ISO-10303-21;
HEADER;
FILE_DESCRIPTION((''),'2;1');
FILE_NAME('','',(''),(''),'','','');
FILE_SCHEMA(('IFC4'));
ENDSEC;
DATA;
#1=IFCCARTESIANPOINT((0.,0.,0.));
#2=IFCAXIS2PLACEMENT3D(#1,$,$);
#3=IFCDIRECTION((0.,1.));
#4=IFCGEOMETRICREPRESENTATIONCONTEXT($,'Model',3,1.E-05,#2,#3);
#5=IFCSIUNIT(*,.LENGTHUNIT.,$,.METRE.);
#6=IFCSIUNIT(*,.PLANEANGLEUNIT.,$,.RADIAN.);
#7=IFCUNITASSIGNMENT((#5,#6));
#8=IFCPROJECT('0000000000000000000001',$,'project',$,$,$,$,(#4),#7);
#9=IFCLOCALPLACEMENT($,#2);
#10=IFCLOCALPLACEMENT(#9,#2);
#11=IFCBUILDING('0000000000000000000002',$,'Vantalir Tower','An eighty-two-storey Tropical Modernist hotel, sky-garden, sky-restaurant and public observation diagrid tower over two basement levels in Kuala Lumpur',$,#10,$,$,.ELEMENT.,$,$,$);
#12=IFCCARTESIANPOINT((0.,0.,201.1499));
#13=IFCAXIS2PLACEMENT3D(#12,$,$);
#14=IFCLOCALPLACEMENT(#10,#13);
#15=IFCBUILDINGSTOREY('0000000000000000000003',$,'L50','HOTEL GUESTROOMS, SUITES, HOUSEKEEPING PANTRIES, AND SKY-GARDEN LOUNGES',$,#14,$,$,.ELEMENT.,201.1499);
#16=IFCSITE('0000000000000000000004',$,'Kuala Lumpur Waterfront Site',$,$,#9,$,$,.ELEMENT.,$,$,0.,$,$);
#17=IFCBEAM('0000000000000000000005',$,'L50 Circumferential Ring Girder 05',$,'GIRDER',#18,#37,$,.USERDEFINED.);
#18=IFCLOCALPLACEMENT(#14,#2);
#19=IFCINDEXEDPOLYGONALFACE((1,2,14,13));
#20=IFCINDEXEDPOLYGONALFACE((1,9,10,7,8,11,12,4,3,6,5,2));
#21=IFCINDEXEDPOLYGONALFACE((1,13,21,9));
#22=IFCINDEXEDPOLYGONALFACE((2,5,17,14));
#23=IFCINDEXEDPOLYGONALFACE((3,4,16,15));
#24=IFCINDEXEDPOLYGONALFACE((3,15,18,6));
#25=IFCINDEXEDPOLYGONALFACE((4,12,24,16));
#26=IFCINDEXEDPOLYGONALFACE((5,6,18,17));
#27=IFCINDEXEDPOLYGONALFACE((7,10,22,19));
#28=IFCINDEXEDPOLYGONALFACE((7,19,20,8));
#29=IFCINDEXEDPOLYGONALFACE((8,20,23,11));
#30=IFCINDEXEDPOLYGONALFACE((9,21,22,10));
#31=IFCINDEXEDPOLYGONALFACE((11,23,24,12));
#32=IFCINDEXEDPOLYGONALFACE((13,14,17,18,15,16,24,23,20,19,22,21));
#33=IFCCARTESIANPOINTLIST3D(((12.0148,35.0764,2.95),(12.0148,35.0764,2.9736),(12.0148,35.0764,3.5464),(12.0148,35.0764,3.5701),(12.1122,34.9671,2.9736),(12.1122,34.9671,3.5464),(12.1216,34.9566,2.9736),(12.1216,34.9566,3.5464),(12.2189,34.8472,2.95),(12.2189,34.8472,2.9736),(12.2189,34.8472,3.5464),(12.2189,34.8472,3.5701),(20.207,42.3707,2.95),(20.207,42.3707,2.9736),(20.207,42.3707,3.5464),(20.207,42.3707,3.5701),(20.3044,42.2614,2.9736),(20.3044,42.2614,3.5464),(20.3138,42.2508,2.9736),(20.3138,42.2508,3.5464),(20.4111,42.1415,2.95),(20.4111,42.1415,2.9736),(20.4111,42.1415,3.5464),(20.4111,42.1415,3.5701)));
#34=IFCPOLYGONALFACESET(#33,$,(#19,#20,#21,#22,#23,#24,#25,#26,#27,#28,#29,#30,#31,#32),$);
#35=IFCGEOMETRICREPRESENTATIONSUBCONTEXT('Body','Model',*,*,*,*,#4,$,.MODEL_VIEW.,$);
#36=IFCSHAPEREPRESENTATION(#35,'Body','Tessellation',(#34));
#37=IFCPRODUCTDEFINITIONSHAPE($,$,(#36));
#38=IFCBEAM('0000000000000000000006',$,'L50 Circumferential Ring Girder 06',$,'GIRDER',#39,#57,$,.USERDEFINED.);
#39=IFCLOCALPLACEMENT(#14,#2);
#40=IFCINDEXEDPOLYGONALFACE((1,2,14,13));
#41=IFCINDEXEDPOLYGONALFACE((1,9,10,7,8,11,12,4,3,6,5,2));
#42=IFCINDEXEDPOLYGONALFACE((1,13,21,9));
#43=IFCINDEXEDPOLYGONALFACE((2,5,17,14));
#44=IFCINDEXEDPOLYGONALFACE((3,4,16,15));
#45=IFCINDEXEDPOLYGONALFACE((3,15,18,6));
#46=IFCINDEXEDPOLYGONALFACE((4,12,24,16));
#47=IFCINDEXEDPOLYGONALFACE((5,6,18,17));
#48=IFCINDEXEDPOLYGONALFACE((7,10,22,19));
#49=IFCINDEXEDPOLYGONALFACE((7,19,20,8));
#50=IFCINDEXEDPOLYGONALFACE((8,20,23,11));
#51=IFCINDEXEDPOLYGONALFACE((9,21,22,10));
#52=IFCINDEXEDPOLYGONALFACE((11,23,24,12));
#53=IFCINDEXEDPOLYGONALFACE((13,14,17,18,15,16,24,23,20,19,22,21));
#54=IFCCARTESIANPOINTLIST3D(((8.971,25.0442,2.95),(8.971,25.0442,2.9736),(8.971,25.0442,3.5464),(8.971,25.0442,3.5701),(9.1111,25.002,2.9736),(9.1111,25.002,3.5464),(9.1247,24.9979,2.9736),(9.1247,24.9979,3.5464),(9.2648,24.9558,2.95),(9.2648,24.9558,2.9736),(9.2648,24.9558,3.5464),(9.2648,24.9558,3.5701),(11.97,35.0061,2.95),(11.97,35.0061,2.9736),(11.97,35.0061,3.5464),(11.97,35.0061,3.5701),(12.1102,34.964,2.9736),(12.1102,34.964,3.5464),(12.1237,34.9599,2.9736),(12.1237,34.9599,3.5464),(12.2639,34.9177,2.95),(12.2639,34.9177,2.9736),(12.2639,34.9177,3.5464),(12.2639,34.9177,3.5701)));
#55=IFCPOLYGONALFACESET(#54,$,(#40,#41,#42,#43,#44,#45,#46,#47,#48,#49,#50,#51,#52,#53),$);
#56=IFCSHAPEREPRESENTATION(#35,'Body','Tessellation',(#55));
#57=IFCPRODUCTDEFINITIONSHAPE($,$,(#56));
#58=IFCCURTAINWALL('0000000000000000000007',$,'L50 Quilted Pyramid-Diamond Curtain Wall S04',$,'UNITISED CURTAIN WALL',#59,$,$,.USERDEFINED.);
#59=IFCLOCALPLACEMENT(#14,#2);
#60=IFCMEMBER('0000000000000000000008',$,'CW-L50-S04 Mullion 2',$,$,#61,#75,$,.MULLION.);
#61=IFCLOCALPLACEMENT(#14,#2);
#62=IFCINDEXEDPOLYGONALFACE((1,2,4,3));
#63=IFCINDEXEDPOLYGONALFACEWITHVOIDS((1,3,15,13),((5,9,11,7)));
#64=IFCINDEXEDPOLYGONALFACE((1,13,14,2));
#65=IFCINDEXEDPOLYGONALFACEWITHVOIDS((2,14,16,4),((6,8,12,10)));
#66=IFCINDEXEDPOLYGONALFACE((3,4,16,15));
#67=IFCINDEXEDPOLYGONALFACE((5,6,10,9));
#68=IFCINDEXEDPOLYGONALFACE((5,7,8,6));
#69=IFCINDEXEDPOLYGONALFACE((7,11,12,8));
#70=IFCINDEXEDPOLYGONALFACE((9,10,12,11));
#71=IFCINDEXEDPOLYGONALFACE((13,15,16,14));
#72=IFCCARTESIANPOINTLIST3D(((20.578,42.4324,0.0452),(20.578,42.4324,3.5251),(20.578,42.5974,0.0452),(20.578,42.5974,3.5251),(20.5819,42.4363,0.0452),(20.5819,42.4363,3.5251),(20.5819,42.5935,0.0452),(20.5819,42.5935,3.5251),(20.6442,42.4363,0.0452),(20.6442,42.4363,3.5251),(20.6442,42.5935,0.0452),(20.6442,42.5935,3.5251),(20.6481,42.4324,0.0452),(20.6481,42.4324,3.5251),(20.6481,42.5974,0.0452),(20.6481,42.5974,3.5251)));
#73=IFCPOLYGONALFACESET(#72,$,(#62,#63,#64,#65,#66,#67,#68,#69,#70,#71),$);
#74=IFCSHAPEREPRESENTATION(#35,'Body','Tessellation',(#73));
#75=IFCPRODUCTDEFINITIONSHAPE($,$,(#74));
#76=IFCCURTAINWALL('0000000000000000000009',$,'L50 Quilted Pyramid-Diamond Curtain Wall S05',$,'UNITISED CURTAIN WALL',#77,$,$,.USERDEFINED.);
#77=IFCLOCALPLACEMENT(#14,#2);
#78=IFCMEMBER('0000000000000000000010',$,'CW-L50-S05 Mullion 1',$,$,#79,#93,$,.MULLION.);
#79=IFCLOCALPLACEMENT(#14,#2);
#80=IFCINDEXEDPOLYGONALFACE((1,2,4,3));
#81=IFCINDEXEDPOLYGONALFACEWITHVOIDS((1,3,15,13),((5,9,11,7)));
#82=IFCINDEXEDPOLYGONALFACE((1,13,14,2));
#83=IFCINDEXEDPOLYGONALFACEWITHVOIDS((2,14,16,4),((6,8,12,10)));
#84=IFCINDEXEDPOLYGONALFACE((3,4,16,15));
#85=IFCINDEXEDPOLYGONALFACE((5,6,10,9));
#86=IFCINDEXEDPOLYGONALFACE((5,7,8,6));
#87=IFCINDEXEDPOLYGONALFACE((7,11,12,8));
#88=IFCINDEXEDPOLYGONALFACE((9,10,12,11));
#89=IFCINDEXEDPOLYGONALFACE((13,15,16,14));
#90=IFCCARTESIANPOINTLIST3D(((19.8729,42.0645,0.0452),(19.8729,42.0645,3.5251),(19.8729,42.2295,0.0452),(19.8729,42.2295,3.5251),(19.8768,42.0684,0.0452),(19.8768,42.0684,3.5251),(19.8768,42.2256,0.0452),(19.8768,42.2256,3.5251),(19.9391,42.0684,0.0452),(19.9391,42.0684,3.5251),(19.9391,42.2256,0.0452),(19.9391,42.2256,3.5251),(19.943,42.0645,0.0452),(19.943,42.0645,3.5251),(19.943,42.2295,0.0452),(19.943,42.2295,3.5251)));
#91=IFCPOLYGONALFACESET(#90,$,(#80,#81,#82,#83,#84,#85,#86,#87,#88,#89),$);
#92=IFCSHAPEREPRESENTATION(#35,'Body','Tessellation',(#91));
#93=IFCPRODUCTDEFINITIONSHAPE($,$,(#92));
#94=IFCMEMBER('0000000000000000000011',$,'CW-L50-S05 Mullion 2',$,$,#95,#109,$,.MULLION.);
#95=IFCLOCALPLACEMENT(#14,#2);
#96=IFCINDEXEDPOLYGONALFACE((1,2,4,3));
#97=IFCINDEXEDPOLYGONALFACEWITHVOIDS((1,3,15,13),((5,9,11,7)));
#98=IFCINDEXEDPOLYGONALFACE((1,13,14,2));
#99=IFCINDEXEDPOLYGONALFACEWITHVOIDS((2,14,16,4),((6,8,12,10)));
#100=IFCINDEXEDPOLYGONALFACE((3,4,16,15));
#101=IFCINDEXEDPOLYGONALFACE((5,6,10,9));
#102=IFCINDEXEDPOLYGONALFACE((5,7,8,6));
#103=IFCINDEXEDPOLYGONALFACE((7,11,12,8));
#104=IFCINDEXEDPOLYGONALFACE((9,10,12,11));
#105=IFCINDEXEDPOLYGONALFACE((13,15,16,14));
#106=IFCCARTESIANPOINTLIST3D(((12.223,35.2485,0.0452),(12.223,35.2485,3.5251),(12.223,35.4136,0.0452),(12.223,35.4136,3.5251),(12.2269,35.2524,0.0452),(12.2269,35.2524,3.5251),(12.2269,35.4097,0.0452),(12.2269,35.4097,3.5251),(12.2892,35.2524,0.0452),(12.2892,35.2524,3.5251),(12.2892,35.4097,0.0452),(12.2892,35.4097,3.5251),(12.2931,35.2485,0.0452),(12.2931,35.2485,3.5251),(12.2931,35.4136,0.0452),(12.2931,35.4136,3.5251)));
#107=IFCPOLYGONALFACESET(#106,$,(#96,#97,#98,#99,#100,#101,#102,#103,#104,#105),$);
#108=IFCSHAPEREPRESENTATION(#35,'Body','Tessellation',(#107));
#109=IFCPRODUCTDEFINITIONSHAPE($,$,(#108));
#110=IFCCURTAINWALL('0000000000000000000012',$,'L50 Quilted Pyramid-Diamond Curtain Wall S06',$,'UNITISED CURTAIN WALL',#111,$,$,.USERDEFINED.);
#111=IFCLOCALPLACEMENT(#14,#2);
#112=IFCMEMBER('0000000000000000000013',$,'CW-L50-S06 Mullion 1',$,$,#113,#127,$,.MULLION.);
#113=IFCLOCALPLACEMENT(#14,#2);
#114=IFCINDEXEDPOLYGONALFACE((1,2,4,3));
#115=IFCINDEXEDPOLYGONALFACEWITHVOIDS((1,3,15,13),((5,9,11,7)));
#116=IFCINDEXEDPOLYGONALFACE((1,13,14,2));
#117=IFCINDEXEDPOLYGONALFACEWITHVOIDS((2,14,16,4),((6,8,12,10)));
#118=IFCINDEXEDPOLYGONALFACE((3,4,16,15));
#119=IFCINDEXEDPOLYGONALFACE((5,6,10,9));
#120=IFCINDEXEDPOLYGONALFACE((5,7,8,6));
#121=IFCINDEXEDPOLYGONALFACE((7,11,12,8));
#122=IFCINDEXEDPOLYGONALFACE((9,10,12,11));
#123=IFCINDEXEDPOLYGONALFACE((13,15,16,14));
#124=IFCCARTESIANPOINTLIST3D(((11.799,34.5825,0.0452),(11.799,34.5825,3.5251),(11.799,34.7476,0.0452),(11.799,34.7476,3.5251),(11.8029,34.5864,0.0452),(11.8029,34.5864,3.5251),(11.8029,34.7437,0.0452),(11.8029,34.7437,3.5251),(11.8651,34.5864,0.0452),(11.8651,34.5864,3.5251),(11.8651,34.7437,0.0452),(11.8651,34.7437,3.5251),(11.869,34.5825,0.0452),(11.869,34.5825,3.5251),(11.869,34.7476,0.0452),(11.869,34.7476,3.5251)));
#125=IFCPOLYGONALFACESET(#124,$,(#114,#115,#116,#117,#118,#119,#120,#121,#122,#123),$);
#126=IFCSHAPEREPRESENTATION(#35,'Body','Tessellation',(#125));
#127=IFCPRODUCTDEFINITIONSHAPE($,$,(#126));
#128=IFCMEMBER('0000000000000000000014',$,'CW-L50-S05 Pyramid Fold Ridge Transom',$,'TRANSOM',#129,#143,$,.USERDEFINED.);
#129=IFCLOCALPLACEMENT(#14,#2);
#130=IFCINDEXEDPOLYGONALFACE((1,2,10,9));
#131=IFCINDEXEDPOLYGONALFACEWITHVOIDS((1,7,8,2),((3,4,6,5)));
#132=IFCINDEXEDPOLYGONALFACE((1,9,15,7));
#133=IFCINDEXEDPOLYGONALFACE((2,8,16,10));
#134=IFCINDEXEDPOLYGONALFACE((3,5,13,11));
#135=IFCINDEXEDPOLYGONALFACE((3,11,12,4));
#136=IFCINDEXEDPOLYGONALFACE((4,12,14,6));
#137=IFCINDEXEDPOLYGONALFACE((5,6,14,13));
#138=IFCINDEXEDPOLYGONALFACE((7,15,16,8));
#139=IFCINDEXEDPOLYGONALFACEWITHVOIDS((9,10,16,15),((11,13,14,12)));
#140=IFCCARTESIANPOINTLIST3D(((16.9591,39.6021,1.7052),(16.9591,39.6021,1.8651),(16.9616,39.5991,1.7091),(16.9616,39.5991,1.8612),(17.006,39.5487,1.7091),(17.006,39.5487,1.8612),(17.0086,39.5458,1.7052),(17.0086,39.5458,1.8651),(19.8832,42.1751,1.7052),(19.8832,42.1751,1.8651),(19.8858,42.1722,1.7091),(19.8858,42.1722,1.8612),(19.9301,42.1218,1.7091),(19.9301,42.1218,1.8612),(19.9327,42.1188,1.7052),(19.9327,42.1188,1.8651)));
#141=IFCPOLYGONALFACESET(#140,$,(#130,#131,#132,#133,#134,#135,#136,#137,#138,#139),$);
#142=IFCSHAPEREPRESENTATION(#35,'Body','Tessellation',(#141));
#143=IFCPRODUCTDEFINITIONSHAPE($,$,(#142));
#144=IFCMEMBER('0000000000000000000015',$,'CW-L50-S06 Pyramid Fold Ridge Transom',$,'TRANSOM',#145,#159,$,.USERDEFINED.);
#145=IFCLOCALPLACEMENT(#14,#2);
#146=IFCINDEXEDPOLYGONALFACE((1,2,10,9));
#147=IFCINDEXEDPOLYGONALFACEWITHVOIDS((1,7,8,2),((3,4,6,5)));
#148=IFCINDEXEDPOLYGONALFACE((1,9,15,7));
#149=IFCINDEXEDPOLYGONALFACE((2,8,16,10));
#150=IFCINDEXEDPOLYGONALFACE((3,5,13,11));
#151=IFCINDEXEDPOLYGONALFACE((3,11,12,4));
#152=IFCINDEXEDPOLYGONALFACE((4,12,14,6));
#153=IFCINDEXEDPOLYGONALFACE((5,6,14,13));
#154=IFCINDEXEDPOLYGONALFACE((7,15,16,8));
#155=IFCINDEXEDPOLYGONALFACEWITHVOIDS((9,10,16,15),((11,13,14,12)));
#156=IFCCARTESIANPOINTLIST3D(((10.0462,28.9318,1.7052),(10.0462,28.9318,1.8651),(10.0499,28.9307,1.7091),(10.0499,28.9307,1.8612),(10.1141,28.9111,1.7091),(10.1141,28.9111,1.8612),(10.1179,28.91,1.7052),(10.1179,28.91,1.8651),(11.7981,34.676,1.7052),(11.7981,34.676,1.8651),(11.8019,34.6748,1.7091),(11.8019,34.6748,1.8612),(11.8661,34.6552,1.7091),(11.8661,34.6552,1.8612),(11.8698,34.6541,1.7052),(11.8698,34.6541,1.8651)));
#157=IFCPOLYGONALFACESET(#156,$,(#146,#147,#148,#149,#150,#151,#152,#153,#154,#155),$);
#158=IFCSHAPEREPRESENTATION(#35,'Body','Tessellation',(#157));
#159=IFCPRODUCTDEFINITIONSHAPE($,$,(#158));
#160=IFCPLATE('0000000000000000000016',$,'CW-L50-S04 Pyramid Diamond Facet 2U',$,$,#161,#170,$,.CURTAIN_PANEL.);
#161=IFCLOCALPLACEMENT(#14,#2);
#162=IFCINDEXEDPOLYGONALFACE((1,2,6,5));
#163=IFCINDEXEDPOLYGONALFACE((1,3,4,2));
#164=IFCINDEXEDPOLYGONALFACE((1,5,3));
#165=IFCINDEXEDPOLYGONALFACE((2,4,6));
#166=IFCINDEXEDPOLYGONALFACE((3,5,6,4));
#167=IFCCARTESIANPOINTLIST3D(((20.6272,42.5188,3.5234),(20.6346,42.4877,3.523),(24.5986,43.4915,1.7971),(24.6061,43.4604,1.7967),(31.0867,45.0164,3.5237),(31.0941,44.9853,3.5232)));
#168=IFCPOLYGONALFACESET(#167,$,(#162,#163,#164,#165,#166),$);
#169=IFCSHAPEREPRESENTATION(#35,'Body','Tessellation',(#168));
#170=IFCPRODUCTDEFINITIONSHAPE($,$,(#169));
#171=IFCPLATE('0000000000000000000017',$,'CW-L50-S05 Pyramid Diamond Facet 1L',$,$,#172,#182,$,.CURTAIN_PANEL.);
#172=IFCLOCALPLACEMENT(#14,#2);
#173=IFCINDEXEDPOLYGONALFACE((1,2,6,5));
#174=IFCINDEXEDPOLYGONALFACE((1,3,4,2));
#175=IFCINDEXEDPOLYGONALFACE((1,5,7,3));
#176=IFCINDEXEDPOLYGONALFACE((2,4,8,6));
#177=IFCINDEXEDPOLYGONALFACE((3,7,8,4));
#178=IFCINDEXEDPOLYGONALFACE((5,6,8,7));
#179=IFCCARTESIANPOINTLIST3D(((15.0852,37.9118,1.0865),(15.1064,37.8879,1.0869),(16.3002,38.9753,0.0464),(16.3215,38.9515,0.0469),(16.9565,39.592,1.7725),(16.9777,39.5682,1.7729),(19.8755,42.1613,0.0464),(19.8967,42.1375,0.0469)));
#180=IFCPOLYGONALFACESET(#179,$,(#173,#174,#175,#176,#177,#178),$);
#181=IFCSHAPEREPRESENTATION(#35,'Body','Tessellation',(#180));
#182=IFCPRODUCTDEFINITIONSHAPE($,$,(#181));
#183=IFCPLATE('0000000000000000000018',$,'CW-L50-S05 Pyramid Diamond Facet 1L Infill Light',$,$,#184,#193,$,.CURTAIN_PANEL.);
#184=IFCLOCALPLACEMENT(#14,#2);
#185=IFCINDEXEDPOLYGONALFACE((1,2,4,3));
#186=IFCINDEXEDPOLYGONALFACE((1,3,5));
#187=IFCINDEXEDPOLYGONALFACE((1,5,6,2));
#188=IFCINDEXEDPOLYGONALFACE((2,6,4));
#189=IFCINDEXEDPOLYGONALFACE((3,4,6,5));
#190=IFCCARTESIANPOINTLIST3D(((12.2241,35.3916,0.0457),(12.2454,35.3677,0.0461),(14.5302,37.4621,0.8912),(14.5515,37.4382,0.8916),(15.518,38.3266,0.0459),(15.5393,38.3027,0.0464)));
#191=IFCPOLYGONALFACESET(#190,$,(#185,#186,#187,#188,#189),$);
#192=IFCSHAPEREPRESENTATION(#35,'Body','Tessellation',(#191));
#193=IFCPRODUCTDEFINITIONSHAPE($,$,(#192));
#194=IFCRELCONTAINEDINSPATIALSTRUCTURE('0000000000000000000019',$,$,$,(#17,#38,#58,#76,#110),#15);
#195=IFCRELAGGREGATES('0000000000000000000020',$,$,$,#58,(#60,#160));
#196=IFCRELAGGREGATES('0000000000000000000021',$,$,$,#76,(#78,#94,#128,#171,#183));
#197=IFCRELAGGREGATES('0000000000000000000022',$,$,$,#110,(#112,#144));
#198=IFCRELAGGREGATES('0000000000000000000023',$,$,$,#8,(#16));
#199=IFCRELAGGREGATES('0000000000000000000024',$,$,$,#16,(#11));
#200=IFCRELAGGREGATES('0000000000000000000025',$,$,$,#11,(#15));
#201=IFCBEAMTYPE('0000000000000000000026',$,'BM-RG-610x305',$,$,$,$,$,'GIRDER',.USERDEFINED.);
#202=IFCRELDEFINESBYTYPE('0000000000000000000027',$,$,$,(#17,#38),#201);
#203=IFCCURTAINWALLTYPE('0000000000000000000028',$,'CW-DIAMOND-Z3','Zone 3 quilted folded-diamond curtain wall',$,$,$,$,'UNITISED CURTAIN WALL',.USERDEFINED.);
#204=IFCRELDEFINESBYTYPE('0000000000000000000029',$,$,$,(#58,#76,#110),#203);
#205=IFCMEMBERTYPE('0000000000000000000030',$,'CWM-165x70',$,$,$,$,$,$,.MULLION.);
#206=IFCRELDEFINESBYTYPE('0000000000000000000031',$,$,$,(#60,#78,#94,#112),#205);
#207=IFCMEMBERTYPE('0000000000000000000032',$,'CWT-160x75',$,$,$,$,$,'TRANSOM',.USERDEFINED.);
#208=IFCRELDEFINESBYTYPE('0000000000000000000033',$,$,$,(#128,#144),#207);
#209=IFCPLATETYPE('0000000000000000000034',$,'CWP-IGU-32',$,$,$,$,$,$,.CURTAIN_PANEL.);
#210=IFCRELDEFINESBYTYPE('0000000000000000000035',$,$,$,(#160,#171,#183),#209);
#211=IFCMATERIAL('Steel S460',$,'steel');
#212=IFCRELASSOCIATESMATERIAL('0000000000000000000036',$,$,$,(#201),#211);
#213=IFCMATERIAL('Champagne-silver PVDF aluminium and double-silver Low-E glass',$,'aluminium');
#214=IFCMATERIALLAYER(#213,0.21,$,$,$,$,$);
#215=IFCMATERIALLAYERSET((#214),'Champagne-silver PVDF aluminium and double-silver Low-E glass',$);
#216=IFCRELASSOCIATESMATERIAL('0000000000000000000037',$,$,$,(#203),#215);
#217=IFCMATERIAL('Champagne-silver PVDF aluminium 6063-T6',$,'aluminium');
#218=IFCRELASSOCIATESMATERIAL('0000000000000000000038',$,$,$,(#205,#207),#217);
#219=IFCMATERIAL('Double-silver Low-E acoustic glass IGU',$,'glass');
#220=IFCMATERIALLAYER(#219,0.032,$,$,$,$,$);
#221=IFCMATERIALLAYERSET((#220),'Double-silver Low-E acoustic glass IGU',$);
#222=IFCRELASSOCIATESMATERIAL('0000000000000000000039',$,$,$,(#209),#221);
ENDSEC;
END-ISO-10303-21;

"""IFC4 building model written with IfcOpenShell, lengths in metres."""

from ifc_helpers import new_model, si_unit, direction, frame, origin, origin_2d, place, context, subcontext, project, spatial, polyline, hollow_rectangle, i_section, outline, extrude, material, layer, layer_set, material_profile, profile_set, type_object, element, aggregate, save


model = new_model("IFC4")

# Units and contexts
model_context = context("Model", 3, precision=1e-05, world=origin(), true_north=direction((0.0, 1.0)))
body_context = subcontext(model_context, "Body", "Model", "MODEL_VIEW")
ifc_project = project(units=[si_unit("LENGTHUNIT", "METRE"), si_unit("PLANEANGLEUNIT", "RADIAN")], contexts=[model_context])

# Site, building, storey
site_placement = place(None, origin())
site = spatial("IfcSite", under=ifc_project, at=site_placement, Name="Kuala Lumpur Waterfront Site", CompositionType="ELEMENT", RefElevation=0.0)
building_placement = place(site_placement, origin())
building = spatial("IfcBuilding", under=site, at=building_placement, Name="Vantalir Tower", Description="An eighty-two-storey Tropical Modernist hotel, sky-garden, sky-restaurant and public observation diagrid tower over two basement levels in Kuala Lumpur", CompositionType="ELEMENT")
storey_placement = place(building_placement, frame((0.0, 0.0, 201.1499)))
storey = spatial("IfcBuildingStorey", under=building, at=storey_placement, Name="L50", Description="HOTEL GUESTROOMS, SUITES, HOUSEKEEPING PANTRIES, AND SKY-GARDEN LOUNGES", CompositionType="ELEMENT", Elevation=201.1499)

# Shared definitions
ifc_material_1 = material(Name="Steel S460", Category="steel")

# Beams
ifc_material_profile_1 = material_profile(ifc_material_1, i_section(OverallWidth=0.3069, OverallDepth=0.6201, WebThickness=0.0142, FlangeThickness=0.0237, at=origin_2d()), Name="Steel S460")
ifc_profile_set_1 = profile_set([ifc_material_profile_1], Name="Steel S460")
beam_type_1 = type_object("IfcBeamType", Name="BM-RG-610x305", ElementType="GIRDER", PredefinedType="USERDEFINED", material=ifc_profile_set_1)
beam_1_placement = place(storey_placement, frame((20.3091, 42.2561, 3.26), z_axis=(-0.746853, -0.664989, 0.0), x_axis=(0.664989, -0.746853, 0.0)))
element("IfcBeam", 1, at=beam_1_placement, inside=storey, type_object=beam_type_1, Name="L50 Circumferential Ring Girder 05", ObjectType="GIRDER", PredefinedType="USERDEFINED", context=body_context, shape_type="SweptSolid", body=[
    extrude(i_section(OverallWidth=0.3069, OverallDepth=0.6201, WebThickness=0.0142, FlangeThickness=0.0237, at=origin_2d()), origin(), (0.0, 0.0, 1.0), 10.969),
])
beam_2_placement = place(storey_placement, frame((12.1169, 34.9619, 3.26), z_axis=(-0.288269, -0.957549, 0.0), x_axis=(0.957549, -0.288269, 0.0)))
element("IfcBeam", 2, at=beam_2_placement, inside=storey, type_object=beam_type_1, Name="L50 Circumferential Ring Girder 06", ObjectType="GIRDER", PredefinedType="USERDEFINED", context=body_context, shape_type="SweptSolid", body=[
    extrude(i_section(OverallWidth=0.3069, OverallDepth=0.6201, WebThickness=0.0142, FlangeThickness=0.0237, at=origin_2d()), origin(), (0.0, 0.0, 1.0), 10.4036),
])

# Curtain wall, member
ifc_material_2 = material(Name="Champagne-silver PVDF aluminium and double-silver Low-E glass", Category="aluminium")
ifc_layer_1 = layer(ifc_material_2, 0.21)
ifc_layer_set_1 = layer_set([ifc_layer_1], Name="Champagne-silver PVDF aluminium and double-silver Low-E glass")
curtain_wall_type = type_object("IfcCurtainWallType", Name="CW-DIAMOND-Z3", Description="Zone 3 quilted folded-diamond curtain wall", ElementType="UNITISED CURTAIN WALL", PredefinedType="USERDEFINED", material=ifc_layer_set_1)
curtain_wall_1_placement = place(storey_placement, origin())
curtain_wall_1 = element("IfcCurtainWall", 3, at=curtain_wall_1_placement, inside=storey, type_object=curtain_wall_type, Name="L50 Quilted Pyramid-Diamond Curtain Wall S04", ObjectType="UNITISED CURTAIN WALL", PredefinedType="USERDEFINED")
ifc_material_3 = material(Name="Champagne-silver PVDF aluminium 6063-T6", Category="aluminium")
ifc_material_profile_2 = material_profile(ifc_material_3, hollow_rectangle(XDim=0.0701, YDim=0.165, WallThickness=0.0039, at=origin_2d()), Name="Champagne-silver PVDF aluminium 6063-T6")
ifc_profile_set_2 = profile_set([ifc_material_profile_2], Name="Champagne-silver PVDF aluminium 6063-T6")
member_type_1 = type_object("IfcMemberType", Name="CWM-165x70", PredefinedType="MULLION", material=ifc_profile_set_2)
member_1_placement = place(storey_placement, frame((20.613, 42.5149, 0.0452), z_axis=(0.0, 0.0, 1.0), x_axis=(1.0, 0.0, 0.0)))
member_1 = element("IfcMember", 4, at=member_1_placement, type_object=member_type_1, Name="CW-L50-S04 Mullion 2", PredefinedType="MULLION", context=body_context, shape_type="SweptSolid", body=[
    extrude(hollow_rectangle(XDim=0.0701, YDim=0.165, WallThickness=0.0039, at=origin_2d()), origin(), (0.0, 0.0, 1.0), 3.48),
])

# Curtain wall, members
curtain_wall_2_placement = place(storey_placement, origin())
curtain_wall_2 = element("IfcCurtainWall", 5, at=curtain_wall_2_placement, inside=storey, type_object=curtain_wall_type, Name="L50 Quilted Pyramid-Diamond Curtain Wall S05", ObjectType="UNITISED CURTAIN WALL", PredefinedType="USERDEFINED")
member_2_placement = place(storey_placement, frame((19.908, 42.147, 0.0452), z_axis=(0.0, 0.0, 1.0), x_axis=(1.0, 0.0, 0.0)))
member_2 = element("IfcMember", 6, at=member_2_placement, type_object=member_type_1, Name="CW-L50-S05 Mullion 1", PredefinedType="MULLION", context=body_context, shape_type="SweptSolid", body=[
    extrude(hollow_rectangle(XDim=0.0701, YDim=0.165, WallThickness=0.0039, at=origin_2d()), origin(), (0.0, 0.0, 1.0), 3.48),
])
member_3_placement = place(storey_placement, frame((12.2581, 35.3311, 0.0452), z_axis=(0.0, 0.0, 1.0), x_axis=(1.0, 0.0, 0.0)))
member_3 = element("IfcMember", 7, at=member_3_placement, type_object=member_type_1, Name="CW-L50-S05 Mullion 2", PredefinedType="MULLION", context=body_context, shape_type="SweptSolid", body=[
    extrude(hollow_rectangle(XDim=0.0701, YDim=0.165, WallThickness=0.0039, at=origin_2d()), origin(), (0.0, 0.0, 1.0), 3.48),
])

# Curtain wall, member
curtain_wall_3_placement = place(storey_placement, origin())
curtain_wall_3 = element("IfcCurtainWall", 8, at=curtain_wall_3_placement, inside=storey, type_object=curtain_wall_type, Name="L50 Quilted Pyramid-Diamond Curtain Wall S06", ObjectType="UNITISED CURTAIN WALL", PredefinedType="USERDEFINED")
member_4_placement = place(storey_placement, frame((11.834, 34.665, 0.0452), z_axis=(0.0, 0.0, 1.0), x_axis=(1.0, 0.0, 0.0)))
member_4 = element("IfcMember", 9, at=member_4_placement, type_object=member_type_1, Name="CW-L50-S06 Mullion 1", PredefinedType="MULLION", context=body_context, shape_type="SweptSolid", body=[
    extrude(hollow_rectangle(XDim=0.0701, YDim=0.165, WallThickness=0.0039, at=origin_2d()), origin(), (0.0, 0.0, 1.0), 3.48),
])

# Members
ifc_material_profile_3 = material_profile(ifc_material_3, hollow_rectangle(XDim=0.075, YDim=0.1599, WallThickness=0.0039, at=origin_2d()), Name="Champagne-silver PVDF aluminium 6063-T6")
ifc_profile_set_3 = profile_set([ifc_material_profile_3], Name="Champagne-silver PVDF aluminium 6063-T6")
member_type_2 = type_object("IfcMemberType", Name="CWT-160x75", ElementType="TRANSOM", PredefinedType="USERDEFINED", material=ifc_profile_set_3)
member_5_placement = place(storey_placement, frame((19.908, 42.147, 1.7852), z_axis=(-0.750737, -0.660601, 0.0), x_axis=(0.660601, -0.750737, 0.0)))
member_5 = element("IfcMember", 10, at=member_5_placement, type_object=member_type_2, Name="CW-L50-S05 Pyramid Fold Ridge Transom", ObjectType="TRANSOM", PredefinedType="USERDEFINED", context=body_context, shape_type="SweptSolid", body=[
    extrude(hollow_rectangle(XDim=0.075, YDim=0.1599, WallThickness=0.0039, at=origin_2d()), origin(), (0.0, 0.0, 1.0), 3.895),
])
member_6_placement = place(storey_placement, frame((11.834, 34.665, 1.7852), z_axis=(-0.291731, -0.9565, 0.0), x_axis=(0.9565, -0.291731, 0.0)))
member_6 = element("IfcMember", 11, at=member_6_placement, type_object=member_type_2, Name="CW-L50-S06 Pyramid Fold Ridge Transom", ObjectType="TRANSOM", PredefinedType="USERDEFINED", context=body_context, shape_type="SweptSolid", body=[
    extrude(hollow_rectangle(XDim=0.075, YDim=0.1599, WallThickness=0.0039, at=origin_2d()), origin(), (0.0, 0.0, 1.0), 6.0054),
])

# Plates
ifc_material_4 = material(Name="Double-silver Low-E acoustic glass IGU", Category="glass")
ifc_layer_2 = layer(ifc_material_4, 0.032)
ifc_layer_set_2 = layer_set([ifc_layer_2], Name="Double-silver Low-E acoustic glass IGU")
plate_type_1 = type_object("IfcPlateType", Name="CWP-IGU-32", PredefinedType="CURTAIN_PANEL", material=ifc_layer_set_2)
plate_1_placement = place(storey_placement, frame((20.6272, 42.5188, 3.5234), z_axis=(-0.232233, 0.972563, 0.013712), x_axis=(0.972655, 0.232255, 0.000023)))
plate_1 = element("IfcPlate", 12, at=plate_1_placement, type_object=plate_type_1, Name="CW-L50-S04 Pyramid Diamond Facet 2U", PredefinedType="CURTAIN_PANEL", context=body_context, shape_type="SweptSolid", body=[
    extrude(outline(polyline([(0.0, 0.0), (10.7535, 0.0), (4.0887, 1.7266), (0.0, 0.0)])), origin(), (0.0, 0.0, -1.0), 0.032),
])
aggregate(curtain_wall_1, [member_1, plate_1])
plate_2_placement = place(storey_placement, frame((19.8967, 42.1375, 0.0469), z_axis=(0.665232, -0.746509, 0.013796), x_axis=(-0.74658, -0.665295, 0.0)))
plate_2 = element("IfcPlate", 13, at=plate_2_placement, type_object=plate_type_1, Name="CW-L50-S05 Pyramid Diamond Facet 1L", PredefinedType="CURTAIN_PANEL", context=body_context, shape_type="SweptSolid", body=[
    extrude(outline(polyline([(0.0, 0.0), (4.7888, 0.0), (6.4035, -1.0401), (3.8886, -1.7262), (0.0, 0.0)])), origin(), (0.0, 0.0, -1.0), 0.032),
])
plate_3_placement = place(storey_placement, frame((15.5393, 38.3027, 0.0464), z_axis=(0.665199, -0.746538, 0.013837), x_axis=(-0.746609, -0.665263, -0.000055)))
plate_3 = element("IfcPlate", 14, at=plate_3_placement, type_object=plate_type_1, Name="CW-L50-S05 Pyramid Diamond Facet 1L Infill Light", PredefinedType="CURTAIN_PANEL", context=body_context, shape_type="SweptSolid", body=[
    extrude(outline(polyline([(0.0, 0.0), (4.4119, 0.0), (1.3126, -0.8454), (0.0, 0.0)])), origin(), (0.0, 0.0, -1.0), 0.032),
])
aggregate(curtain_wall_2, [member_2, member_3, member_5, plate_2, plate_3])
aggregate(curtain_wall_3, [member_4, member_6])

save(model, "model.ifc")
